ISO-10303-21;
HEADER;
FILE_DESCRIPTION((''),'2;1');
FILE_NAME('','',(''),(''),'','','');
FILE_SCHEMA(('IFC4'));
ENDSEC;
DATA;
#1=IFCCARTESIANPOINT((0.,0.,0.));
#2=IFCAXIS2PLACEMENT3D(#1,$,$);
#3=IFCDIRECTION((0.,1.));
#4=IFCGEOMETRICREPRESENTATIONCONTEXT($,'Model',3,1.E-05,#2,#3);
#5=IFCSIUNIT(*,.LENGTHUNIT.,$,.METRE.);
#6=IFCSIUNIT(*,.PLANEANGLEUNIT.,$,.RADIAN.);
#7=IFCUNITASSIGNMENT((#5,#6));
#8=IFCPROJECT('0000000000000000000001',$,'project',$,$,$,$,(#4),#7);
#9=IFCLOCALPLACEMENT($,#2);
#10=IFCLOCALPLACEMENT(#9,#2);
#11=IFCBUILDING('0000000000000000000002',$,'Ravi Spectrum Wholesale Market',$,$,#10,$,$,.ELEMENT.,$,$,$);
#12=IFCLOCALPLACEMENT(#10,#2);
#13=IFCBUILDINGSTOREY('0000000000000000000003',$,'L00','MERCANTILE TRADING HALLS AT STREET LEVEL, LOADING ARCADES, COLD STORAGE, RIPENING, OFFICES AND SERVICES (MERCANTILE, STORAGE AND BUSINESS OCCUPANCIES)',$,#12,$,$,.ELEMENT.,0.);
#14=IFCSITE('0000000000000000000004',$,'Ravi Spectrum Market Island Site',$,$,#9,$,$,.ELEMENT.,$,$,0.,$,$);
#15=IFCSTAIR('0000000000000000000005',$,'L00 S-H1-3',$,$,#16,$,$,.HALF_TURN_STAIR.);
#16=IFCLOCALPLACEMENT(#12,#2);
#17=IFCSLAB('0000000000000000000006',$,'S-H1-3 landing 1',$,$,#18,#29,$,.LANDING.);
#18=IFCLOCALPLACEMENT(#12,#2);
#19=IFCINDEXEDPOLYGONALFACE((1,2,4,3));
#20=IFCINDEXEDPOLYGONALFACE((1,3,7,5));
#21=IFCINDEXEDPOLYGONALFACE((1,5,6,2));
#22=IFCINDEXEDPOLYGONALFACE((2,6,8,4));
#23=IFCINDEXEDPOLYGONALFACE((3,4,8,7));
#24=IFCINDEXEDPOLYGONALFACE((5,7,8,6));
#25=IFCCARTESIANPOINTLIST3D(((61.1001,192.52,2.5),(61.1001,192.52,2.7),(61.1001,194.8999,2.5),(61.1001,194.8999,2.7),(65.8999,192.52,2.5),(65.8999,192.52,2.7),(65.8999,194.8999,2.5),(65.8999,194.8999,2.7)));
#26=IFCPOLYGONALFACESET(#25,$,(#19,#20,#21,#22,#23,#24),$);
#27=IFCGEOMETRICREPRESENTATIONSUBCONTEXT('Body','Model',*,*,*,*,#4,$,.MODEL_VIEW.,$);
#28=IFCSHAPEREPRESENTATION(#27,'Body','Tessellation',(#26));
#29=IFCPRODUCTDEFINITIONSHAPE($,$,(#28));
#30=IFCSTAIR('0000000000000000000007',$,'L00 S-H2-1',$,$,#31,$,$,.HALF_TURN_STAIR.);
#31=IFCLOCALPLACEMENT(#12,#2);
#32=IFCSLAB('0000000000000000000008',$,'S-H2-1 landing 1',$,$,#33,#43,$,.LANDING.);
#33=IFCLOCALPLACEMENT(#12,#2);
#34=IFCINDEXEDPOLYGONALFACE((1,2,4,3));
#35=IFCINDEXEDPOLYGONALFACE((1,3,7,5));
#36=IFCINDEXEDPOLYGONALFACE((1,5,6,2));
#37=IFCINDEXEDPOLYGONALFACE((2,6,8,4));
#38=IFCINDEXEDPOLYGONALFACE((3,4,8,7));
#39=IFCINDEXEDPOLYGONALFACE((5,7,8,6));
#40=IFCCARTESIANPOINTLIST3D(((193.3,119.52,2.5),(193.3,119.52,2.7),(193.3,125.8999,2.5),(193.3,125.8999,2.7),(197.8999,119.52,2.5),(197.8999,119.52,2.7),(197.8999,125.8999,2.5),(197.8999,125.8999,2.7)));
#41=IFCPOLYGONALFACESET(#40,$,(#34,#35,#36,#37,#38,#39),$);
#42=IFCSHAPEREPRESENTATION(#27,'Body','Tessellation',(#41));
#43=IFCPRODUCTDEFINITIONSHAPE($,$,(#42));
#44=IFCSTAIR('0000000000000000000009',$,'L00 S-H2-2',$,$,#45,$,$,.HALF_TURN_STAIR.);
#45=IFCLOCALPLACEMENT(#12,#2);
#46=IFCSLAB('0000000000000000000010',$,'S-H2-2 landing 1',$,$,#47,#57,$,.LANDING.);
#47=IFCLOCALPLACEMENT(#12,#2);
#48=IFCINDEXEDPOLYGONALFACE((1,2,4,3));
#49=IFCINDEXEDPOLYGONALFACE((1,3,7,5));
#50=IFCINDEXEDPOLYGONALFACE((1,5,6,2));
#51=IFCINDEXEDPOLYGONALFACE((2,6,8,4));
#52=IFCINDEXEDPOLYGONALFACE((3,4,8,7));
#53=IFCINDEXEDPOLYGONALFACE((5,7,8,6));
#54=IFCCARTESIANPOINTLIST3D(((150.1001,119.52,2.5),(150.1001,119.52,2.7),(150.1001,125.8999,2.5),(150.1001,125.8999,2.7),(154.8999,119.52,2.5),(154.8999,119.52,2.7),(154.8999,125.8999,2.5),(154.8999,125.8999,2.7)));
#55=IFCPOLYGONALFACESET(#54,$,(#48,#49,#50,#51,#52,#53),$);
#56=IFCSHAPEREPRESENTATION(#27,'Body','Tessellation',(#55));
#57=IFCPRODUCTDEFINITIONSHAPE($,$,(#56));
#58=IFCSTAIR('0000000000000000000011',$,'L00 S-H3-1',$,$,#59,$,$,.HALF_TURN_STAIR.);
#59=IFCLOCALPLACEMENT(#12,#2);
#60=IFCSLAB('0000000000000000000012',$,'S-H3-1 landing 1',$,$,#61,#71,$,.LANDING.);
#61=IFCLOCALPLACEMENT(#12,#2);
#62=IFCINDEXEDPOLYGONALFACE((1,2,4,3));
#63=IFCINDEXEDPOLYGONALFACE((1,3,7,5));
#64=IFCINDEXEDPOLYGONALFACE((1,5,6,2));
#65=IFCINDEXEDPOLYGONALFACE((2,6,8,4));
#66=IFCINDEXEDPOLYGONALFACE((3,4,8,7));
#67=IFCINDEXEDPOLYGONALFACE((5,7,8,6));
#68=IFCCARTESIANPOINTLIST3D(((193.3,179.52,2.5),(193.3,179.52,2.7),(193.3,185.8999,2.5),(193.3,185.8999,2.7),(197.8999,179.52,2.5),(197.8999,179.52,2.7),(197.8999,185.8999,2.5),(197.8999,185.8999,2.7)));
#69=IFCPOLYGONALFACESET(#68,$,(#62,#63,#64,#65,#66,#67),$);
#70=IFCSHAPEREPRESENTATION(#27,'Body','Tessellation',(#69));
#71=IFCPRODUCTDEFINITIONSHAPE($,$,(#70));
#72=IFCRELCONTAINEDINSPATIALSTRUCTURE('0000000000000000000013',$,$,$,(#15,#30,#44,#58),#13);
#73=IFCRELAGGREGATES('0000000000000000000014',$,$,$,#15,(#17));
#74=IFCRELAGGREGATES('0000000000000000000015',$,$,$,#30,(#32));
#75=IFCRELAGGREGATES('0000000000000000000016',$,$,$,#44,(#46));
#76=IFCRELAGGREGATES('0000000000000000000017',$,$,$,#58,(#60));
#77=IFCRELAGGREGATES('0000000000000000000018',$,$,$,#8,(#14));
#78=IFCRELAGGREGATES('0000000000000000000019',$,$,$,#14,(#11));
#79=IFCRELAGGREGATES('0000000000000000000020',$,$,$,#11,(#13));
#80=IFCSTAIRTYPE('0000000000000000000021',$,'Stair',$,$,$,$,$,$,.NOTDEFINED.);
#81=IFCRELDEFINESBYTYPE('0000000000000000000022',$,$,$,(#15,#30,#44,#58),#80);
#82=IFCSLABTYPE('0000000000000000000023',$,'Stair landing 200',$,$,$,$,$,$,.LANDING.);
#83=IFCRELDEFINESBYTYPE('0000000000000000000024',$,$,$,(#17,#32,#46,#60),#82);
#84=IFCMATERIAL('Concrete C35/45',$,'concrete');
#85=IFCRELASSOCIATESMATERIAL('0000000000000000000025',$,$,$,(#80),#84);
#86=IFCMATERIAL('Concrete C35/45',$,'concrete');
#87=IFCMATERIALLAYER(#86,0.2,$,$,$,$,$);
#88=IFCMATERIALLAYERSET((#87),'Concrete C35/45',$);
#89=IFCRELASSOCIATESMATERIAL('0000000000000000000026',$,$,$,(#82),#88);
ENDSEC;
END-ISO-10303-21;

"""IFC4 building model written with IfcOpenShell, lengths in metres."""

from ifc_helpers import new_model, si_unit, direction, frame, origin, place, context, subcontext, project, spatial, polyline, outline, extrude, material, layer, layer_set, type_object, element, aggregate, save


model = new_model("IFC4")

# Units and contexts
model_context = context("Model", 3, precision=1e-05, world=origin(), true_north=direction((0.0, 1.0)))
body_context = subcontext(model_context, "Body", "Model", "MODEL_VIEW")
ifc_project = project(units=[si_unit("LENGTHUNIT", "METRE"), si_unit("PLANEANGLEUNIT", "RADIAN")], contexts=[model_context])

# Site, building, storey
site_placement = place(None, origin())
site = spatial("IfcSite", under=ifc_project, at=site_placement, Name="Ravi Spectrum Market Island Site", CompositionType="ELEMENT", RefElevation=0.0)
building_placement = place(site_placement, origin())
building = spatial("IfcBuilding", under=site, at=building_placement, Name="Ravi Spectrum Wholesale Market", CompositionType="ELEMENT")
storey_placement = place(building_placement, origin())
storey = spatial("IfcBuildingStorey", under=building, at=storey_placement, Name="L00", Description="MERCANTILE TRADING HALLS AT STREET LEVEL, LOADING ARCADES, COLD STORAGE, RIPENING, OFFICES AND SERVICES (MERCANTILE, STORAGE AND BUSINESS OCCUPANCIES)", CompositionType="ELEMENT", Elevation=0.0)

# Stairs, slabs
ifc_material_1 = material(Name="Concrete C35/45", Category="concrete")
stair_type = type_object("IfcStairType", Name="Stair", PredefinedType="NOTDEFINED", material=ifc_material_1)
ifc_material_2 = material(Name="Concrete C35/45", Category="concrete")
ifc_layer_1 = layer(ifc_material_2, 0.2)
ifc_layer_set_1 = layer_set([ifc_layer_1], Name="Concrete C35/45")
slab_type_1 = type_object("IfcSlabType", Name="Stair landing 200", PredefinedType="LANDING", material=ifc_layer_set_1)
stair_1_placement = place(storey_placement, origin())
stair_1 = element("IfcStair", 1, at=stair_1_placement, inside=storey, type_object=stair_type, Name="L00 S-H1-3", PredefinedType="HALF_TURN_STAIR")
slab_1_placement = place(storey_placement, frame((0.0, 0.0, 2.5)))
slab_1 = element("IfcSlab", 2, at=slab_1_placement, type_object=slab_type_1, Name="S-H1-3 landing 1", PredefinedType="LANDING", context=body_context, shape_type="SweptSolid", body=[
    extrude(outline(polyline([(65.8999, 192.52), (65.8999, 194.8999), (61.1001, 194.8999), (61.1001, 192.52), (65.8999, 192.52)])), origin(), (0.0, 0.0, 1.0), 0.2),
])
aggregate(stair_1, [slab_1])
stair_2_placement = place(storey_placement, origin())
stair_2 = element("IfcStair", 3, at=stair_2_placement, inside=storey, type_object=stair_type, Name="L00 S-H2-1", PredefinedType="HALF_TURN_STAIR")
slab_2_placement = place(storey_placement, frame((0.0, 0.0, 2.5)))
slab_2 = element("IfcSlab", 4, at=slab_2_placement, type_object=slab_type_1, Name="S-H2-1 landing 1", PredefinedType="LANDING", context=body_context, shape_type="SweptSolid", body=[
    extrude(outline(polyline([(197.8999, 119.52), (197.8999, 125.8999), (193.3, 125.8999), (193.3, 119.52), (197.8999, 119.52)])), origin(), (0.0, 0.0, 1.0), 0.2),
])
aggregate(stair_2, [slab_2])
stair_3_placement = place(storey_placement, origin())
stair_3 = element("IfcStair", 5, at=stair_3_placement, inside=storey, type_object=stair_type, Name="L00 S-H2-2", PredefinedType="HALF_TURN_STAIR")
slab_3_placement = place(storey_placement, frame((0.0, 0.0, 2.5)))
slab_3 = element("IfcSlab", 6, at=slab_3_placement, type_object=slab_type_1, Name="S-H2-2 landing 1", PredefinedType="LANDING", context=body_context, shape_type="SweptSolid", body=[
    extrude(outline(polyline([(154.8999, 119.52), (154.8999, 125.8999), (150.1001, 125.8999), (150.1001, 119.52), (154.8999, 119.52)])), origin(), (0.0, 0.0, 1.0), 0.2),
])
aggregate(stair_3, [slab_3])
stair_4_placement = place(storey_placement, origin())
stair_4 = element("IfcStair", 7, at=stair_4_placement, inside=storey, type_object=stair_type, Name="L00 S-H3-1", PredefinedType="HALF_TURN_STAIR")
slab_4_placement = place(storey_placement, frame((0.0, 0.0, 2.5)))
slab_4 = element("IfcSlab", 8, at=slab_4_placement, type_object=slab_type_1, Name="S-H3-1 landing 1", PredefinedType="LANDING", context=body_context, shape_type="SweptSolid", body=[
    extrude(outline(polyline([(197.8999, 179.52), (197.8999, 185.8999), (193.3, 185.8999), (193.3, 179.52), (197.8999, 179.52)])), origin(), (0.0, 0.0, 1.0), 0.2),
])
aggregate(stair_4, [slab_4])

save(model, "model.ifc")
